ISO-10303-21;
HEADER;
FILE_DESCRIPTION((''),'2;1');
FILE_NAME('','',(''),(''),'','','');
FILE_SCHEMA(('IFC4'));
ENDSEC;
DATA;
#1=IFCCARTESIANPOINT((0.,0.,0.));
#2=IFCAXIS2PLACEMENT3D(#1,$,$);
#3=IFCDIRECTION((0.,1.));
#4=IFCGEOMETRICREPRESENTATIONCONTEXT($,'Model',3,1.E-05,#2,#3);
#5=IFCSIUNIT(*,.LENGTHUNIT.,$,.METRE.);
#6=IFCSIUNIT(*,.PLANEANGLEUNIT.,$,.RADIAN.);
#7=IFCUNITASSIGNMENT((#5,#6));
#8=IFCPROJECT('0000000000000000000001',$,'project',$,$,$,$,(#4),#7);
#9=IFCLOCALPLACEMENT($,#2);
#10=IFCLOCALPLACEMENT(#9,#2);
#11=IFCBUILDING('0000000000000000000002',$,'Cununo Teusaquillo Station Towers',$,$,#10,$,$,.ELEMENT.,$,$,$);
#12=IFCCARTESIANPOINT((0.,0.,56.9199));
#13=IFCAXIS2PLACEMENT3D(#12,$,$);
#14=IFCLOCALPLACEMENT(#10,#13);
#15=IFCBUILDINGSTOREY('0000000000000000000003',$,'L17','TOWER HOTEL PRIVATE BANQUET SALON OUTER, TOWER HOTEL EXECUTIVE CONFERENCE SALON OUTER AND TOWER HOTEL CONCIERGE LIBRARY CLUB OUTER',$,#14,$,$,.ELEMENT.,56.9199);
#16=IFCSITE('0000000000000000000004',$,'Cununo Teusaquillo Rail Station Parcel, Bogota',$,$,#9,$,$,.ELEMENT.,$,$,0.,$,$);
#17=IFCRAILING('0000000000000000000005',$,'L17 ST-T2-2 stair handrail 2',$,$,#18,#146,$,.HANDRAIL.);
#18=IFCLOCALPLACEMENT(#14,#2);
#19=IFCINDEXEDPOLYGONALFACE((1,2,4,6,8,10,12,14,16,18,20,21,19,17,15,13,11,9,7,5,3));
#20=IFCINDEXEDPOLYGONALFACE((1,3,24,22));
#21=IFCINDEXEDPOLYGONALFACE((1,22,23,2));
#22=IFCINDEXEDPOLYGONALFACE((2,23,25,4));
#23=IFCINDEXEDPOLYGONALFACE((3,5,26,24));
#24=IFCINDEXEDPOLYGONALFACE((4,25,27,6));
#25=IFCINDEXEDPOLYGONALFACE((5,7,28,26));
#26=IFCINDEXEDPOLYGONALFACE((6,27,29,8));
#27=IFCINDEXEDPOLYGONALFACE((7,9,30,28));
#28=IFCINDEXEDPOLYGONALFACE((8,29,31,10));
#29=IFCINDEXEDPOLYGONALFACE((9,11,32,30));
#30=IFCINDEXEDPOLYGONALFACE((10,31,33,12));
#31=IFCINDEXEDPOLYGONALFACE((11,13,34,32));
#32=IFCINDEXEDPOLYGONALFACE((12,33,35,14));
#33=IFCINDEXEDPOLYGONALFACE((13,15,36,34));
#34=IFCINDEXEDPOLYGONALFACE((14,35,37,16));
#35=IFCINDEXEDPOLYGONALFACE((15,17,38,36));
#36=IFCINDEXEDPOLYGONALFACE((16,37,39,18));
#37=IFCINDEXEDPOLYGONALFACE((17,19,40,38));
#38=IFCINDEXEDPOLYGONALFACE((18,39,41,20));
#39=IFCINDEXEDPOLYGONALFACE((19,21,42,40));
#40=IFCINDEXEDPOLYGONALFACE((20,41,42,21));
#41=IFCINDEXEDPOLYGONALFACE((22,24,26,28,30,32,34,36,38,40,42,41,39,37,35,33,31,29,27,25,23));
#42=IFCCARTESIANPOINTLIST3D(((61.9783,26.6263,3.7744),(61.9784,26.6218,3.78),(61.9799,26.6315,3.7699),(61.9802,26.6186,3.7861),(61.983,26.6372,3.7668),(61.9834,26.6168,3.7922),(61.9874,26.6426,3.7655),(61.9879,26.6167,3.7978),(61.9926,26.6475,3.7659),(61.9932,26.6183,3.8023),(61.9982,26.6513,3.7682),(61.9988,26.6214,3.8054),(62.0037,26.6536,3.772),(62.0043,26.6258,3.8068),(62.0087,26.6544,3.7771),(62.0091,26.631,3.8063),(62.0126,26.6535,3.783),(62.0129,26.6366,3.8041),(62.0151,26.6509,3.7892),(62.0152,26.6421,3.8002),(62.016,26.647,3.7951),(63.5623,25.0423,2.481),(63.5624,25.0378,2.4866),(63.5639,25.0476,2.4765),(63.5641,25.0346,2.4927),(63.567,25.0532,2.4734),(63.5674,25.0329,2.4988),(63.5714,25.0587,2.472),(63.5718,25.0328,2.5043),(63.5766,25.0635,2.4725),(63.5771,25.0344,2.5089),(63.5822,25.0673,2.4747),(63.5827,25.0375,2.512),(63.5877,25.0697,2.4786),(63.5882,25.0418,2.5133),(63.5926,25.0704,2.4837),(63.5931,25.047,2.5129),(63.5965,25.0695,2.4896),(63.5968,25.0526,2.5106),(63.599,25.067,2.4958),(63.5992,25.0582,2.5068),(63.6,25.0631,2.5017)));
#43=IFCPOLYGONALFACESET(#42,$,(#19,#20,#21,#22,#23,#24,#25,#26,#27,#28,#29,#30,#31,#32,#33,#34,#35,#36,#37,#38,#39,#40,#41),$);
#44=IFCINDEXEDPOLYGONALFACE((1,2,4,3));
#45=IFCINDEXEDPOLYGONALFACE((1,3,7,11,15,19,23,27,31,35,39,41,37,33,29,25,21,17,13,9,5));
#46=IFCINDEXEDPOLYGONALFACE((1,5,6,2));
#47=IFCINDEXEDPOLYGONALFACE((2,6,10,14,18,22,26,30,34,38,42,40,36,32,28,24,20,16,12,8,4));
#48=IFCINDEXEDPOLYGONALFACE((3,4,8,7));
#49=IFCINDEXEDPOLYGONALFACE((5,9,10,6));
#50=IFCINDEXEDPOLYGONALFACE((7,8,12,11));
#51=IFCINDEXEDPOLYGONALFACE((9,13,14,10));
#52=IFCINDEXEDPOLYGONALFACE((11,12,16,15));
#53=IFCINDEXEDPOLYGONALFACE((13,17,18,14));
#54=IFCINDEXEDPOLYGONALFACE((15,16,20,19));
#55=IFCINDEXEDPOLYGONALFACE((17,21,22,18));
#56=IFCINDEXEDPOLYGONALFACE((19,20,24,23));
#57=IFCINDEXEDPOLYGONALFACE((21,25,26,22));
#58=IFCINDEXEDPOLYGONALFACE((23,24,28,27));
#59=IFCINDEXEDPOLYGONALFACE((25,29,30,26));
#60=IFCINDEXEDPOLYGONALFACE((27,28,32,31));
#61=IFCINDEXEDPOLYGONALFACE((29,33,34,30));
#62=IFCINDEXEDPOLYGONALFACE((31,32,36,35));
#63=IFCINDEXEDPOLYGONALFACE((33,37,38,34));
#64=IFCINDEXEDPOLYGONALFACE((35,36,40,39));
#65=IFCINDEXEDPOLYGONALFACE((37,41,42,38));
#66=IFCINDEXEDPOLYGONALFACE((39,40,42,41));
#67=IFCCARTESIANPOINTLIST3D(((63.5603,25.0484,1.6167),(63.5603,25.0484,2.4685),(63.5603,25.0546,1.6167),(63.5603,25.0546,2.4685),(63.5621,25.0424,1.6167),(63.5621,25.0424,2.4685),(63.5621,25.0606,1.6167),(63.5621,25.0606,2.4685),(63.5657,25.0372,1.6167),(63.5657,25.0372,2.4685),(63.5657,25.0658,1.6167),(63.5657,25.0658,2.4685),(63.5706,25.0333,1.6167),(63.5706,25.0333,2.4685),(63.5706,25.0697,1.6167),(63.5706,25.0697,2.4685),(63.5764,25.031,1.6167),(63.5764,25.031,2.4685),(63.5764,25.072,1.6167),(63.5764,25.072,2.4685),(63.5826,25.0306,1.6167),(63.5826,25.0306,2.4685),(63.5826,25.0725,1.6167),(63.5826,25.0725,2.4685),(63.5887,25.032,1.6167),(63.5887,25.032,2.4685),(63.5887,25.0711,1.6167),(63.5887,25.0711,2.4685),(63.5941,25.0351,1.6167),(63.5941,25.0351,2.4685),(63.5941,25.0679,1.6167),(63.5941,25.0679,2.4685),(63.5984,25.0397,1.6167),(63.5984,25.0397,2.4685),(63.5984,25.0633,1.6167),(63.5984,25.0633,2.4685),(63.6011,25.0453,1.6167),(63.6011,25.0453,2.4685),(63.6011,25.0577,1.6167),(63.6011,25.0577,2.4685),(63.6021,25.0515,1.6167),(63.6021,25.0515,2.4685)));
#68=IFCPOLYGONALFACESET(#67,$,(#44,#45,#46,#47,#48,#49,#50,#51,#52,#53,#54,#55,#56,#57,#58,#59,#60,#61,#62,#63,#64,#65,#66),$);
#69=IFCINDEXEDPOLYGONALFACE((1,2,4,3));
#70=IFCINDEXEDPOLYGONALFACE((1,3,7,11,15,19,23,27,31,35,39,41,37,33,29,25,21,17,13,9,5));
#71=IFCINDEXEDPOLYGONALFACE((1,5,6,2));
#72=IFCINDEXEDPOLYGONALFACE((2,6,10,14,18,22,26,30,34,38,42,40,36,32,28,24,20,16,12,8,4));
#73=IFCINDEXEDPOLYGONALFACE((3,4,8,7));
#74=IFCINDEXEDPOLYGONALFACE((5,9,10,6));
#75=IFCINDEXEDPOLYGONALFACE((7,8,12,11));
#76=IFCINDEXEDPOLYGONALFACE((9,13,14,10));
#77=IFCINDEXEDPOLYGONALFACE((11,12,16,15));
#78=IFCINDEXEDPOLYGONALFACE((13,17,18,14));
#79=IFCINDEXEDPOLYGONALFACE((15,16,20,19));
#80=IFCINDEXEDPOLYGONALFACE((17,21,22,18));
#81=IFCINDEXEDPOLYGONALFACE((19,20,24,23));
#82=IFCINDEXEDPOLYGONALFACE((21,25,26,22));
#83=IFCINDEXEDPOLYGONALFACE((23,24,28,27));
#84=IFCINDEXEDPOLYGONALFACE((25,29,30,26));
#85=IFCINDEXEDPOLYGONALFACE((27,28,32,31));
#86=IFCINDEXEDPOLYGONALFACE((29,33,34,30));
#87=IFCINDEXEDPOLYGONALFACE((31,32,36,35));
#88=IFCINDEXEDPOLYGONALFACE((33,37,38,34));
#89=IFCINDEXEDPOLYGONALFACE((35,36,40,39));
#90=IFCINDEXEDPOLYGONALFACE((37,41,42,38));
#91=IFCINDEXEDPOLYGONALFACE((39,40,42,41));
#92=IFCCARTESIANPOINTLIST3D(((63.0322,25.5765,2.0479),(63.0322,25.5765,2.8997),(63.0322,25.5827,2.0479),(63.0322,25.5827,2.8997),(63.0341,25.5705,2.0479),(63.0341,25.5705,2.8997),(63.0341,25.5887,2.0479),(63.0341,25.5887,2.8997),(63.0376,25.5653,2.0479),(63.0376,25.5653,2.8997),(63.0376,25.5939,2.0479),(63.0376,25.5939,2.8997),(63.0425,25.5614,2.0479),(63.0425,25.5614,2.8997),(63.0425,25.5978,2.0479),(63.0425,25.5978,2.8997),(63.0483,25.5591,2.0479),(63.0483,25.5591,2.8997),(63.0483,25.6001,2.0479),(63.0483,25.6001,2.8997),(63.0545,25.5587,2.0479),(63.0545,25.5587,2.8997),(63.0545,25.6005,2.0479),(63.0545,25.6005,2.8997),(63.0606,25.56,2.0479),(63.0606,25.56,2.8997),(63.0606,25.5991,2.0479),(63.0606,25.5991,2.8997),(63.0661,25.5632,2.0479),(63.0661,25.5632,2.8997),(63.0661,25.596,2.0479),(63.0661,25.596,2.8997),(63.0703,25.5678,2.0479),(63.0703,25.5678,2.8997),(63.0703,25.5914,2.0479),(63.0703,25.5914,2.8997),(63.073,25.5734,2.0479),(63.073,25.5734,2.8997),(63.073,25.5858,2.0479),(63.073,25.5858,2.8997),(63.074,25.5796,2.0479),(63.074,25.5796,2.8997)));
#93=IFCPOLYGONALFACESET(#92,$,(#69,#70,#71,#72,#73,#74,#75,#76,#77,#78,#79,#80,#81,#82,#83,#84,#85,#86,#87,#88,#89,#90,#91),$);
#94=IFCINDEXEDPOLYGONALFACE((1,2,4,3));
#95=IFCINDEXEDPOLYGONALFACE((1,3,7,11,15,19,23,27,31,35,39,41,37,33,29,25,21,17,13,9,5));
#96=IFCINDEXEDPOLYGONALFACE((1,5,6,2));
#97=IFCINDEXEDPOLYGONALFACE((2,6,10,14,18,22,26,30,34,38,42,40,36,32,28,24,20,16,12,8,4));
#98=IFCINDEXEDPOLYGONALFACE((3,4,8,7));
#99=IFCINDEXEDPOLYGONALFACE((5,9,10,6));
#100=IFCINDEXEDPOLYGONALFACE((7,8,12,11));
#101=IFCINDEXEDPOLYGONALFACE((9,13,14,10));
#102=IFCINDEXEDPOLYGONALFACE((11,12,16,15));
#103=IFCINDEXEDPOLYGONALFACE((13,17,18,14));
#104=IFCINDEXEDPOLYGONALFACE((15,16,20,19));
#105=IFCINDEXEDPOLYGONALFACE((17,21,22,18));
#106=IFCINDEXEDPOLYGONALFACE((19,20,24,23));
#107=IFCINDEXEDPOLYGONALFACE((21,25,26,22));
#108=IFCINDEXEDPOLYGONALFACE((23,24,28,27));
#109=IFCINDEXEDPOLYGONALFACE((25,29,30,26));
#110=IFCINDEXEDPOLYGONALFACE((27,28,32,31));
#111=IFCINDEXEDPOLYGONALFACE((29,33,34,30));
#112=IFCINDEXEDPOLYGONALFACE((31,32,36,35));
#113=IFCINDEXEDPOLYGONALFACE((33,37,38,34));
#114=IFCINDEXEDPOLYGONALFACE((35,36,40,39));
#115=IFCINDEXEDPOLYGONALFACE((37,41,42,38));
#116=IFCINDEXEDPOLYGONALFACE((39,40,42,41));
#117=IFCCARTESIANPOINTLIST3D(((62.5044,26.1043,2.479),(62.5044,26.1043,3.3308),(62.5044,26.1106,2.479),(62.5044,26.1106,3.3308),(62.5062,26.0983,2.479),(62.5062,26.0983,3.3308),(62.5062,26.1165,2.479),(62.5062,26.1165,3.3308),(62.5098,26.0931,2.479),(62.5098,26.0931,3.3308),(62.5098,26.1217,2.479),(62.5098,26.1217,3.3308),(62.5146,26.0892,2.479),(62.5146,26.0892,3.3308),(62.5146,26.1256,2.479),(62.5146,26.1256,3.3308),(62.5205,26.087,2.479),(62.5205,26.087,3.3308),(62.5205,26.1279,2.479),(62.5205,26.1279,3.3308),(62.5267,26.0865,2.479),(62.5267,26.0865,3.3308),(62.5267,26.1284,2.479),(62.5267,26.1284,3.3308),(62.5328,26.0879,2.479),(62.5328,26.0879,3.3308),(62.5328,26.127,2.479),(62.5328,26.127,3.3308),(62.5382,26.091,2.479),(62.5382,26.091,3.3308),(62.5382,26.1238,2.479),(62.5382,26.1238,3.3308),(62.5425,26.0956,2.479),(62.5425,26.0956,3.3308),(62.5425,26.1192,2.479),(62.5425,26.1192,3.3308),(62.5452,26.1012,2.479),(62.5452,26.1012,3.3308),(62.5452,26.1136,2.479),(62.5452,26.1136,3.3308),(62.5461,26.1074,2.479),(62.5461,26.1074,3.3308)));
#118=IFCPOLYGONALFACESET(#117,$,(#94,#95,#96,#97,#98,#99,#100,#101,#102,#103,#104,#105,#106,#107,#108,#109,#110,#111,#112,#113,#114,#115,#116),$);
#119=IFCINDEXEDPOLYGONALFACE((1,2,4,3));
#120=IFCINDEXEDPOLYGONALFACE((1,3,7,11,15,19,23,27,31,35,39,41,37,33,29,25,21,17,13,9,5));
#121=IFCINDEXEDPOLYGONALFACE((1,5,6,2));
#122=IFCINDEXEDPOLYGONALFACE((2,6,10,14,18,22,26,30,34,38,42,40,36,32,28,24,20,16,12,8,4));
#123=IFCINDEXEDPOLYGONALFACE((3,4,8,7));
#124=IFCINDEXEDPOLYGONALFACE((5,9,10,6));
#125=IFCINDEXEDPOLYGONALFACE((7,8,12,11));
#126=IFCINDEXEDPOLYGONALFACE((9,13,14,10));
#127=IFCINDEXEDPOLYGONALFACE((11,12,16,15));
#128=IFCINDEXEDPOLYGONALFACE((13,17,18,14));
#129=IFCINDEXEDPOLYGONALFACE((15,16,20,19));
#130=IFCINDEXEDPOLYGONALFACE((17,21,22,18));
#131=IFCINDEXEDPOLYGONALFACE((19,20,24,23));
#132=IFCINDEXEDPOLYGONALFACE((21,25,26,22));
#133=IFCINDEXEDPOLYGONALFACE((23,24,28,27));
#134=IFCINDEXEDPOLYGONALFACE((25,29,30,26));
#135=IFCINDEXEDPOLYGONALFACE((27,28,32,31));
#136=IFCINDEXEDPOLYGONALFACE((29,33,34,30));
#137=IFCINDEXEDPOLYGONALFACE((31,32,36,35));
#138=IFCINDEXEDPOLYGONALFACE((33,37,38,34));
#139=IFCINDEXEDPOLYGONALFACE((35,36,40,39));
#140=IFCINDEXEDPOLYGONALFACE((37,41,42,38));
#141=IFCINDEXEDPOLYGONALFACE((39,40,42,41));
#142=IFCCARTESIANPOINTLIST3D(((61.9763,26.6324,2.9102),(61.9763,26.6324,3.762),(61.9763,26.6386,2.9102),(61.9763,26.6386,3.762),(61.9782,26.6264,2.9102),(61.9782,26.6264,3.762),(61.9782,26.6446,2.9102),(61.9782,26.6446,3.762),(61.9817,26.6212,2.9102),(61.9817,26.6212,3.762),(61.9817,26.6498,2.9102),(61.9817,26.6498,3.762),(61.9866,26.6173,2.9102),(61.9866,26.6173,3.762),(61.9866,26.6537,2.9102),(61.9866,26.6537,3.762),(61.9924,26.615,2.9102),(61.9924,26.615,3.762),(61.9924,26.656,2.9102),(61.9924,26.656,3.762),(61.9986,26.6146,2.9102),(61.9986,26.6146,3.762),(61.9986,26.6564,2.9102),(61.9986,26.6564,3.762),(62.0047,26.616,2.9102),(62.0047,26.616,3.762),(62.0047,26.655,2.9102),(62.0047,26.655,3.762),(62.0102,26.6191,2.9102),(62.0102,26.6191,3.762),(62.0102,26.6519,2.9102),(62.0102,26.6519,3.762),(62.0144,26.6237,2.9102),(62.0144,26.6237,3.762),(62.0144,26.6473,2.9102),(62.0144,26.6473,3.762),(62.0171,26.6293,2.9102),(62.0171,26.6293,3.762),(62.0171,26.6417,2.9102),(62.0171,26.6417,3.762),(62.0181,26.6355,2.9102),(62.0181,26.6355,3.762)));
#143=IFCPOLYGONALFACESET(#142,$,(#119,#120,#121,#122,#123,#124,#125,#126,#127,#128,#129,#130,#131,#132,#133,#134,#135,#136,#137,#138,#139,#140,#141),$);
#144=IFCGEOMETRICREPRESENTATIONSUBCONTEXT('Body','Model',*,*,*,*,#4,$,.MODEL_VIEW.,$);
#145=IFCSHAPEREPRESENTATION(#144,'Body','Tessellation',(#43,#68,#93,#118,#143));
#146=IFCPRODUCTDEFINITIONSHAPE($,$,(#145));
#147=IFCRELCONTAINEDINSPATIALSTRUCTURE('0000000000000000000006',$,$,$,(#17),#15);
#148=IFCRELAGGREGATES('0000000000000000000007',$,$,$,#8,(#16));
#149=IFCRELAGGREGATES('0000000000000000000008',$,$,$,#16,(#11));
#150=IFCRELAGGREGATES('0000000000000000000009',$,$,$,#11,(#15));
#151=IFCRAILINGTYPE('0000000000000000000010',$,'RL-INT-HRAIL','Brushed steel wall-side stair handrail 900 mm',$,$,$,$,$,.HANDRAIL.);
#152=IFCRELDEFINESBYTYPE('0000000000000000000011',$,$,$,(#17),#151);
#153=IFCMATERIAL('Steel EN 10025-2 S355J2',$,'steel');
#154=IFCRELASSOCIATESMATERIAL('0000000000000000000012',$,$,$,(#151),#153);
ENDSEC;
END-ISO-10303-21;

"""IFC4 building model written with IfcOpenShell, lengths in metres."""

from ifc_helpers import new_model, si_unit, direction, frame, origin, origin_2d, place, context, subcontext, project, spatial, circle, extrude, material, type_object, element, save


model = new_model("IFC4")

# Units and contexts
model_context = context("Model", 3, precision=1e-05, world=origin(), true_north=direction((0.0, 1.0)))
body_context = subcontext(model_context, "Body", "Model", "MODEL_VIEW")
ifc_project = project(units=[si_unit("LENGTHUNIT", "METRE"), si_unit("PLANEANGLEUNIT", "RADIAN")], contexts=[model_context])

# Site, building, storey
site_placement = place(None, origin())
site = spatial("IfcSite", under=ifc_project, at=site_placement, Name="Cununo Teusaquillo Rail Station Parcel, Bogota", CompositionType="ELEMENT", RefElevation=0.0)
building_placement = place(site_placement, origin())
building = spatial("IfcBuilding", under=site, at=building_placement, Name="Cununo Teusaquillo Station Towers", CompositionType="ELEMENT")
storey_placement = place(building_placement, frame((0.0, 0.0, 56.9199)))
storey = spatial("IfcBuildingStorey", under=building, at=storey_placement, Name="L17", Description="TOWER HOTEL PRIVATE BANQUET SALON OUTER, TOWER HOTEL EXECUTIVE CONFERENCE SALON OUTER AND TOWER HOTEL CONCIERGE LIBRARY CLUB OUTER", CompositionType="ELEMENT", Elevation=56.9199)

# Railing
ifc_material_1 = material(Name="Steel EN 10025-2 S355J2", Category="steel")
railing_type_1 = type_object("IfcRailingType", Name="RL-INT-HRAIL", Description="Brushed steel wall-side stair handrail 900 mm", PredefinedType="HANDRAIL", material=ifc_material_1)
railing_1_placement = place(storey_placement, frame((63.5811, 25.0515, 1.6167)))
element("IfcRailing", 1, at=railing_1_placement, inside=storey, type_object=railing_type_1, Name="L17 ST-T2-2 stair handrail 2", PredefinedType="HANDRAIL", context=body_context, shape_type="SweptSolid", body=[
    extrude(circle(Radius=0.0239, at=origin_2d()), frame((0.0, 0.0, 0.876), z_axis=(-0.612356, 0.612356, 0.50004), x_axis=(-0.707107, -0.707107, 0.0)), (0.0, 0.0, 1.0), 2.5867),
    extrude(circle(Radius=0.021, at=origin_2d()), origin(), (0.0, 0.0, 1.0), 0.8518),
    extrude(circle(Radius=0.021, at=origin_2d()), frame((-0.5281, 0.5281, 0.4312)), (0.0, 0.0, 1.0), 0.8518),
    extrude(circle(Radius=0.021, at=origin_2d()), frame((-1.0559, 1.0559, 0.8623)), (0.0, 0.0, 1.0), 0.8518),
    extrude(circle(Radius=0.021, at=origin_2d()), frame((-1.584, 1.584, 1.2935)), (0.0, 0.0, 1.0), 0.8518),
])

save(model, "model.ifc")
